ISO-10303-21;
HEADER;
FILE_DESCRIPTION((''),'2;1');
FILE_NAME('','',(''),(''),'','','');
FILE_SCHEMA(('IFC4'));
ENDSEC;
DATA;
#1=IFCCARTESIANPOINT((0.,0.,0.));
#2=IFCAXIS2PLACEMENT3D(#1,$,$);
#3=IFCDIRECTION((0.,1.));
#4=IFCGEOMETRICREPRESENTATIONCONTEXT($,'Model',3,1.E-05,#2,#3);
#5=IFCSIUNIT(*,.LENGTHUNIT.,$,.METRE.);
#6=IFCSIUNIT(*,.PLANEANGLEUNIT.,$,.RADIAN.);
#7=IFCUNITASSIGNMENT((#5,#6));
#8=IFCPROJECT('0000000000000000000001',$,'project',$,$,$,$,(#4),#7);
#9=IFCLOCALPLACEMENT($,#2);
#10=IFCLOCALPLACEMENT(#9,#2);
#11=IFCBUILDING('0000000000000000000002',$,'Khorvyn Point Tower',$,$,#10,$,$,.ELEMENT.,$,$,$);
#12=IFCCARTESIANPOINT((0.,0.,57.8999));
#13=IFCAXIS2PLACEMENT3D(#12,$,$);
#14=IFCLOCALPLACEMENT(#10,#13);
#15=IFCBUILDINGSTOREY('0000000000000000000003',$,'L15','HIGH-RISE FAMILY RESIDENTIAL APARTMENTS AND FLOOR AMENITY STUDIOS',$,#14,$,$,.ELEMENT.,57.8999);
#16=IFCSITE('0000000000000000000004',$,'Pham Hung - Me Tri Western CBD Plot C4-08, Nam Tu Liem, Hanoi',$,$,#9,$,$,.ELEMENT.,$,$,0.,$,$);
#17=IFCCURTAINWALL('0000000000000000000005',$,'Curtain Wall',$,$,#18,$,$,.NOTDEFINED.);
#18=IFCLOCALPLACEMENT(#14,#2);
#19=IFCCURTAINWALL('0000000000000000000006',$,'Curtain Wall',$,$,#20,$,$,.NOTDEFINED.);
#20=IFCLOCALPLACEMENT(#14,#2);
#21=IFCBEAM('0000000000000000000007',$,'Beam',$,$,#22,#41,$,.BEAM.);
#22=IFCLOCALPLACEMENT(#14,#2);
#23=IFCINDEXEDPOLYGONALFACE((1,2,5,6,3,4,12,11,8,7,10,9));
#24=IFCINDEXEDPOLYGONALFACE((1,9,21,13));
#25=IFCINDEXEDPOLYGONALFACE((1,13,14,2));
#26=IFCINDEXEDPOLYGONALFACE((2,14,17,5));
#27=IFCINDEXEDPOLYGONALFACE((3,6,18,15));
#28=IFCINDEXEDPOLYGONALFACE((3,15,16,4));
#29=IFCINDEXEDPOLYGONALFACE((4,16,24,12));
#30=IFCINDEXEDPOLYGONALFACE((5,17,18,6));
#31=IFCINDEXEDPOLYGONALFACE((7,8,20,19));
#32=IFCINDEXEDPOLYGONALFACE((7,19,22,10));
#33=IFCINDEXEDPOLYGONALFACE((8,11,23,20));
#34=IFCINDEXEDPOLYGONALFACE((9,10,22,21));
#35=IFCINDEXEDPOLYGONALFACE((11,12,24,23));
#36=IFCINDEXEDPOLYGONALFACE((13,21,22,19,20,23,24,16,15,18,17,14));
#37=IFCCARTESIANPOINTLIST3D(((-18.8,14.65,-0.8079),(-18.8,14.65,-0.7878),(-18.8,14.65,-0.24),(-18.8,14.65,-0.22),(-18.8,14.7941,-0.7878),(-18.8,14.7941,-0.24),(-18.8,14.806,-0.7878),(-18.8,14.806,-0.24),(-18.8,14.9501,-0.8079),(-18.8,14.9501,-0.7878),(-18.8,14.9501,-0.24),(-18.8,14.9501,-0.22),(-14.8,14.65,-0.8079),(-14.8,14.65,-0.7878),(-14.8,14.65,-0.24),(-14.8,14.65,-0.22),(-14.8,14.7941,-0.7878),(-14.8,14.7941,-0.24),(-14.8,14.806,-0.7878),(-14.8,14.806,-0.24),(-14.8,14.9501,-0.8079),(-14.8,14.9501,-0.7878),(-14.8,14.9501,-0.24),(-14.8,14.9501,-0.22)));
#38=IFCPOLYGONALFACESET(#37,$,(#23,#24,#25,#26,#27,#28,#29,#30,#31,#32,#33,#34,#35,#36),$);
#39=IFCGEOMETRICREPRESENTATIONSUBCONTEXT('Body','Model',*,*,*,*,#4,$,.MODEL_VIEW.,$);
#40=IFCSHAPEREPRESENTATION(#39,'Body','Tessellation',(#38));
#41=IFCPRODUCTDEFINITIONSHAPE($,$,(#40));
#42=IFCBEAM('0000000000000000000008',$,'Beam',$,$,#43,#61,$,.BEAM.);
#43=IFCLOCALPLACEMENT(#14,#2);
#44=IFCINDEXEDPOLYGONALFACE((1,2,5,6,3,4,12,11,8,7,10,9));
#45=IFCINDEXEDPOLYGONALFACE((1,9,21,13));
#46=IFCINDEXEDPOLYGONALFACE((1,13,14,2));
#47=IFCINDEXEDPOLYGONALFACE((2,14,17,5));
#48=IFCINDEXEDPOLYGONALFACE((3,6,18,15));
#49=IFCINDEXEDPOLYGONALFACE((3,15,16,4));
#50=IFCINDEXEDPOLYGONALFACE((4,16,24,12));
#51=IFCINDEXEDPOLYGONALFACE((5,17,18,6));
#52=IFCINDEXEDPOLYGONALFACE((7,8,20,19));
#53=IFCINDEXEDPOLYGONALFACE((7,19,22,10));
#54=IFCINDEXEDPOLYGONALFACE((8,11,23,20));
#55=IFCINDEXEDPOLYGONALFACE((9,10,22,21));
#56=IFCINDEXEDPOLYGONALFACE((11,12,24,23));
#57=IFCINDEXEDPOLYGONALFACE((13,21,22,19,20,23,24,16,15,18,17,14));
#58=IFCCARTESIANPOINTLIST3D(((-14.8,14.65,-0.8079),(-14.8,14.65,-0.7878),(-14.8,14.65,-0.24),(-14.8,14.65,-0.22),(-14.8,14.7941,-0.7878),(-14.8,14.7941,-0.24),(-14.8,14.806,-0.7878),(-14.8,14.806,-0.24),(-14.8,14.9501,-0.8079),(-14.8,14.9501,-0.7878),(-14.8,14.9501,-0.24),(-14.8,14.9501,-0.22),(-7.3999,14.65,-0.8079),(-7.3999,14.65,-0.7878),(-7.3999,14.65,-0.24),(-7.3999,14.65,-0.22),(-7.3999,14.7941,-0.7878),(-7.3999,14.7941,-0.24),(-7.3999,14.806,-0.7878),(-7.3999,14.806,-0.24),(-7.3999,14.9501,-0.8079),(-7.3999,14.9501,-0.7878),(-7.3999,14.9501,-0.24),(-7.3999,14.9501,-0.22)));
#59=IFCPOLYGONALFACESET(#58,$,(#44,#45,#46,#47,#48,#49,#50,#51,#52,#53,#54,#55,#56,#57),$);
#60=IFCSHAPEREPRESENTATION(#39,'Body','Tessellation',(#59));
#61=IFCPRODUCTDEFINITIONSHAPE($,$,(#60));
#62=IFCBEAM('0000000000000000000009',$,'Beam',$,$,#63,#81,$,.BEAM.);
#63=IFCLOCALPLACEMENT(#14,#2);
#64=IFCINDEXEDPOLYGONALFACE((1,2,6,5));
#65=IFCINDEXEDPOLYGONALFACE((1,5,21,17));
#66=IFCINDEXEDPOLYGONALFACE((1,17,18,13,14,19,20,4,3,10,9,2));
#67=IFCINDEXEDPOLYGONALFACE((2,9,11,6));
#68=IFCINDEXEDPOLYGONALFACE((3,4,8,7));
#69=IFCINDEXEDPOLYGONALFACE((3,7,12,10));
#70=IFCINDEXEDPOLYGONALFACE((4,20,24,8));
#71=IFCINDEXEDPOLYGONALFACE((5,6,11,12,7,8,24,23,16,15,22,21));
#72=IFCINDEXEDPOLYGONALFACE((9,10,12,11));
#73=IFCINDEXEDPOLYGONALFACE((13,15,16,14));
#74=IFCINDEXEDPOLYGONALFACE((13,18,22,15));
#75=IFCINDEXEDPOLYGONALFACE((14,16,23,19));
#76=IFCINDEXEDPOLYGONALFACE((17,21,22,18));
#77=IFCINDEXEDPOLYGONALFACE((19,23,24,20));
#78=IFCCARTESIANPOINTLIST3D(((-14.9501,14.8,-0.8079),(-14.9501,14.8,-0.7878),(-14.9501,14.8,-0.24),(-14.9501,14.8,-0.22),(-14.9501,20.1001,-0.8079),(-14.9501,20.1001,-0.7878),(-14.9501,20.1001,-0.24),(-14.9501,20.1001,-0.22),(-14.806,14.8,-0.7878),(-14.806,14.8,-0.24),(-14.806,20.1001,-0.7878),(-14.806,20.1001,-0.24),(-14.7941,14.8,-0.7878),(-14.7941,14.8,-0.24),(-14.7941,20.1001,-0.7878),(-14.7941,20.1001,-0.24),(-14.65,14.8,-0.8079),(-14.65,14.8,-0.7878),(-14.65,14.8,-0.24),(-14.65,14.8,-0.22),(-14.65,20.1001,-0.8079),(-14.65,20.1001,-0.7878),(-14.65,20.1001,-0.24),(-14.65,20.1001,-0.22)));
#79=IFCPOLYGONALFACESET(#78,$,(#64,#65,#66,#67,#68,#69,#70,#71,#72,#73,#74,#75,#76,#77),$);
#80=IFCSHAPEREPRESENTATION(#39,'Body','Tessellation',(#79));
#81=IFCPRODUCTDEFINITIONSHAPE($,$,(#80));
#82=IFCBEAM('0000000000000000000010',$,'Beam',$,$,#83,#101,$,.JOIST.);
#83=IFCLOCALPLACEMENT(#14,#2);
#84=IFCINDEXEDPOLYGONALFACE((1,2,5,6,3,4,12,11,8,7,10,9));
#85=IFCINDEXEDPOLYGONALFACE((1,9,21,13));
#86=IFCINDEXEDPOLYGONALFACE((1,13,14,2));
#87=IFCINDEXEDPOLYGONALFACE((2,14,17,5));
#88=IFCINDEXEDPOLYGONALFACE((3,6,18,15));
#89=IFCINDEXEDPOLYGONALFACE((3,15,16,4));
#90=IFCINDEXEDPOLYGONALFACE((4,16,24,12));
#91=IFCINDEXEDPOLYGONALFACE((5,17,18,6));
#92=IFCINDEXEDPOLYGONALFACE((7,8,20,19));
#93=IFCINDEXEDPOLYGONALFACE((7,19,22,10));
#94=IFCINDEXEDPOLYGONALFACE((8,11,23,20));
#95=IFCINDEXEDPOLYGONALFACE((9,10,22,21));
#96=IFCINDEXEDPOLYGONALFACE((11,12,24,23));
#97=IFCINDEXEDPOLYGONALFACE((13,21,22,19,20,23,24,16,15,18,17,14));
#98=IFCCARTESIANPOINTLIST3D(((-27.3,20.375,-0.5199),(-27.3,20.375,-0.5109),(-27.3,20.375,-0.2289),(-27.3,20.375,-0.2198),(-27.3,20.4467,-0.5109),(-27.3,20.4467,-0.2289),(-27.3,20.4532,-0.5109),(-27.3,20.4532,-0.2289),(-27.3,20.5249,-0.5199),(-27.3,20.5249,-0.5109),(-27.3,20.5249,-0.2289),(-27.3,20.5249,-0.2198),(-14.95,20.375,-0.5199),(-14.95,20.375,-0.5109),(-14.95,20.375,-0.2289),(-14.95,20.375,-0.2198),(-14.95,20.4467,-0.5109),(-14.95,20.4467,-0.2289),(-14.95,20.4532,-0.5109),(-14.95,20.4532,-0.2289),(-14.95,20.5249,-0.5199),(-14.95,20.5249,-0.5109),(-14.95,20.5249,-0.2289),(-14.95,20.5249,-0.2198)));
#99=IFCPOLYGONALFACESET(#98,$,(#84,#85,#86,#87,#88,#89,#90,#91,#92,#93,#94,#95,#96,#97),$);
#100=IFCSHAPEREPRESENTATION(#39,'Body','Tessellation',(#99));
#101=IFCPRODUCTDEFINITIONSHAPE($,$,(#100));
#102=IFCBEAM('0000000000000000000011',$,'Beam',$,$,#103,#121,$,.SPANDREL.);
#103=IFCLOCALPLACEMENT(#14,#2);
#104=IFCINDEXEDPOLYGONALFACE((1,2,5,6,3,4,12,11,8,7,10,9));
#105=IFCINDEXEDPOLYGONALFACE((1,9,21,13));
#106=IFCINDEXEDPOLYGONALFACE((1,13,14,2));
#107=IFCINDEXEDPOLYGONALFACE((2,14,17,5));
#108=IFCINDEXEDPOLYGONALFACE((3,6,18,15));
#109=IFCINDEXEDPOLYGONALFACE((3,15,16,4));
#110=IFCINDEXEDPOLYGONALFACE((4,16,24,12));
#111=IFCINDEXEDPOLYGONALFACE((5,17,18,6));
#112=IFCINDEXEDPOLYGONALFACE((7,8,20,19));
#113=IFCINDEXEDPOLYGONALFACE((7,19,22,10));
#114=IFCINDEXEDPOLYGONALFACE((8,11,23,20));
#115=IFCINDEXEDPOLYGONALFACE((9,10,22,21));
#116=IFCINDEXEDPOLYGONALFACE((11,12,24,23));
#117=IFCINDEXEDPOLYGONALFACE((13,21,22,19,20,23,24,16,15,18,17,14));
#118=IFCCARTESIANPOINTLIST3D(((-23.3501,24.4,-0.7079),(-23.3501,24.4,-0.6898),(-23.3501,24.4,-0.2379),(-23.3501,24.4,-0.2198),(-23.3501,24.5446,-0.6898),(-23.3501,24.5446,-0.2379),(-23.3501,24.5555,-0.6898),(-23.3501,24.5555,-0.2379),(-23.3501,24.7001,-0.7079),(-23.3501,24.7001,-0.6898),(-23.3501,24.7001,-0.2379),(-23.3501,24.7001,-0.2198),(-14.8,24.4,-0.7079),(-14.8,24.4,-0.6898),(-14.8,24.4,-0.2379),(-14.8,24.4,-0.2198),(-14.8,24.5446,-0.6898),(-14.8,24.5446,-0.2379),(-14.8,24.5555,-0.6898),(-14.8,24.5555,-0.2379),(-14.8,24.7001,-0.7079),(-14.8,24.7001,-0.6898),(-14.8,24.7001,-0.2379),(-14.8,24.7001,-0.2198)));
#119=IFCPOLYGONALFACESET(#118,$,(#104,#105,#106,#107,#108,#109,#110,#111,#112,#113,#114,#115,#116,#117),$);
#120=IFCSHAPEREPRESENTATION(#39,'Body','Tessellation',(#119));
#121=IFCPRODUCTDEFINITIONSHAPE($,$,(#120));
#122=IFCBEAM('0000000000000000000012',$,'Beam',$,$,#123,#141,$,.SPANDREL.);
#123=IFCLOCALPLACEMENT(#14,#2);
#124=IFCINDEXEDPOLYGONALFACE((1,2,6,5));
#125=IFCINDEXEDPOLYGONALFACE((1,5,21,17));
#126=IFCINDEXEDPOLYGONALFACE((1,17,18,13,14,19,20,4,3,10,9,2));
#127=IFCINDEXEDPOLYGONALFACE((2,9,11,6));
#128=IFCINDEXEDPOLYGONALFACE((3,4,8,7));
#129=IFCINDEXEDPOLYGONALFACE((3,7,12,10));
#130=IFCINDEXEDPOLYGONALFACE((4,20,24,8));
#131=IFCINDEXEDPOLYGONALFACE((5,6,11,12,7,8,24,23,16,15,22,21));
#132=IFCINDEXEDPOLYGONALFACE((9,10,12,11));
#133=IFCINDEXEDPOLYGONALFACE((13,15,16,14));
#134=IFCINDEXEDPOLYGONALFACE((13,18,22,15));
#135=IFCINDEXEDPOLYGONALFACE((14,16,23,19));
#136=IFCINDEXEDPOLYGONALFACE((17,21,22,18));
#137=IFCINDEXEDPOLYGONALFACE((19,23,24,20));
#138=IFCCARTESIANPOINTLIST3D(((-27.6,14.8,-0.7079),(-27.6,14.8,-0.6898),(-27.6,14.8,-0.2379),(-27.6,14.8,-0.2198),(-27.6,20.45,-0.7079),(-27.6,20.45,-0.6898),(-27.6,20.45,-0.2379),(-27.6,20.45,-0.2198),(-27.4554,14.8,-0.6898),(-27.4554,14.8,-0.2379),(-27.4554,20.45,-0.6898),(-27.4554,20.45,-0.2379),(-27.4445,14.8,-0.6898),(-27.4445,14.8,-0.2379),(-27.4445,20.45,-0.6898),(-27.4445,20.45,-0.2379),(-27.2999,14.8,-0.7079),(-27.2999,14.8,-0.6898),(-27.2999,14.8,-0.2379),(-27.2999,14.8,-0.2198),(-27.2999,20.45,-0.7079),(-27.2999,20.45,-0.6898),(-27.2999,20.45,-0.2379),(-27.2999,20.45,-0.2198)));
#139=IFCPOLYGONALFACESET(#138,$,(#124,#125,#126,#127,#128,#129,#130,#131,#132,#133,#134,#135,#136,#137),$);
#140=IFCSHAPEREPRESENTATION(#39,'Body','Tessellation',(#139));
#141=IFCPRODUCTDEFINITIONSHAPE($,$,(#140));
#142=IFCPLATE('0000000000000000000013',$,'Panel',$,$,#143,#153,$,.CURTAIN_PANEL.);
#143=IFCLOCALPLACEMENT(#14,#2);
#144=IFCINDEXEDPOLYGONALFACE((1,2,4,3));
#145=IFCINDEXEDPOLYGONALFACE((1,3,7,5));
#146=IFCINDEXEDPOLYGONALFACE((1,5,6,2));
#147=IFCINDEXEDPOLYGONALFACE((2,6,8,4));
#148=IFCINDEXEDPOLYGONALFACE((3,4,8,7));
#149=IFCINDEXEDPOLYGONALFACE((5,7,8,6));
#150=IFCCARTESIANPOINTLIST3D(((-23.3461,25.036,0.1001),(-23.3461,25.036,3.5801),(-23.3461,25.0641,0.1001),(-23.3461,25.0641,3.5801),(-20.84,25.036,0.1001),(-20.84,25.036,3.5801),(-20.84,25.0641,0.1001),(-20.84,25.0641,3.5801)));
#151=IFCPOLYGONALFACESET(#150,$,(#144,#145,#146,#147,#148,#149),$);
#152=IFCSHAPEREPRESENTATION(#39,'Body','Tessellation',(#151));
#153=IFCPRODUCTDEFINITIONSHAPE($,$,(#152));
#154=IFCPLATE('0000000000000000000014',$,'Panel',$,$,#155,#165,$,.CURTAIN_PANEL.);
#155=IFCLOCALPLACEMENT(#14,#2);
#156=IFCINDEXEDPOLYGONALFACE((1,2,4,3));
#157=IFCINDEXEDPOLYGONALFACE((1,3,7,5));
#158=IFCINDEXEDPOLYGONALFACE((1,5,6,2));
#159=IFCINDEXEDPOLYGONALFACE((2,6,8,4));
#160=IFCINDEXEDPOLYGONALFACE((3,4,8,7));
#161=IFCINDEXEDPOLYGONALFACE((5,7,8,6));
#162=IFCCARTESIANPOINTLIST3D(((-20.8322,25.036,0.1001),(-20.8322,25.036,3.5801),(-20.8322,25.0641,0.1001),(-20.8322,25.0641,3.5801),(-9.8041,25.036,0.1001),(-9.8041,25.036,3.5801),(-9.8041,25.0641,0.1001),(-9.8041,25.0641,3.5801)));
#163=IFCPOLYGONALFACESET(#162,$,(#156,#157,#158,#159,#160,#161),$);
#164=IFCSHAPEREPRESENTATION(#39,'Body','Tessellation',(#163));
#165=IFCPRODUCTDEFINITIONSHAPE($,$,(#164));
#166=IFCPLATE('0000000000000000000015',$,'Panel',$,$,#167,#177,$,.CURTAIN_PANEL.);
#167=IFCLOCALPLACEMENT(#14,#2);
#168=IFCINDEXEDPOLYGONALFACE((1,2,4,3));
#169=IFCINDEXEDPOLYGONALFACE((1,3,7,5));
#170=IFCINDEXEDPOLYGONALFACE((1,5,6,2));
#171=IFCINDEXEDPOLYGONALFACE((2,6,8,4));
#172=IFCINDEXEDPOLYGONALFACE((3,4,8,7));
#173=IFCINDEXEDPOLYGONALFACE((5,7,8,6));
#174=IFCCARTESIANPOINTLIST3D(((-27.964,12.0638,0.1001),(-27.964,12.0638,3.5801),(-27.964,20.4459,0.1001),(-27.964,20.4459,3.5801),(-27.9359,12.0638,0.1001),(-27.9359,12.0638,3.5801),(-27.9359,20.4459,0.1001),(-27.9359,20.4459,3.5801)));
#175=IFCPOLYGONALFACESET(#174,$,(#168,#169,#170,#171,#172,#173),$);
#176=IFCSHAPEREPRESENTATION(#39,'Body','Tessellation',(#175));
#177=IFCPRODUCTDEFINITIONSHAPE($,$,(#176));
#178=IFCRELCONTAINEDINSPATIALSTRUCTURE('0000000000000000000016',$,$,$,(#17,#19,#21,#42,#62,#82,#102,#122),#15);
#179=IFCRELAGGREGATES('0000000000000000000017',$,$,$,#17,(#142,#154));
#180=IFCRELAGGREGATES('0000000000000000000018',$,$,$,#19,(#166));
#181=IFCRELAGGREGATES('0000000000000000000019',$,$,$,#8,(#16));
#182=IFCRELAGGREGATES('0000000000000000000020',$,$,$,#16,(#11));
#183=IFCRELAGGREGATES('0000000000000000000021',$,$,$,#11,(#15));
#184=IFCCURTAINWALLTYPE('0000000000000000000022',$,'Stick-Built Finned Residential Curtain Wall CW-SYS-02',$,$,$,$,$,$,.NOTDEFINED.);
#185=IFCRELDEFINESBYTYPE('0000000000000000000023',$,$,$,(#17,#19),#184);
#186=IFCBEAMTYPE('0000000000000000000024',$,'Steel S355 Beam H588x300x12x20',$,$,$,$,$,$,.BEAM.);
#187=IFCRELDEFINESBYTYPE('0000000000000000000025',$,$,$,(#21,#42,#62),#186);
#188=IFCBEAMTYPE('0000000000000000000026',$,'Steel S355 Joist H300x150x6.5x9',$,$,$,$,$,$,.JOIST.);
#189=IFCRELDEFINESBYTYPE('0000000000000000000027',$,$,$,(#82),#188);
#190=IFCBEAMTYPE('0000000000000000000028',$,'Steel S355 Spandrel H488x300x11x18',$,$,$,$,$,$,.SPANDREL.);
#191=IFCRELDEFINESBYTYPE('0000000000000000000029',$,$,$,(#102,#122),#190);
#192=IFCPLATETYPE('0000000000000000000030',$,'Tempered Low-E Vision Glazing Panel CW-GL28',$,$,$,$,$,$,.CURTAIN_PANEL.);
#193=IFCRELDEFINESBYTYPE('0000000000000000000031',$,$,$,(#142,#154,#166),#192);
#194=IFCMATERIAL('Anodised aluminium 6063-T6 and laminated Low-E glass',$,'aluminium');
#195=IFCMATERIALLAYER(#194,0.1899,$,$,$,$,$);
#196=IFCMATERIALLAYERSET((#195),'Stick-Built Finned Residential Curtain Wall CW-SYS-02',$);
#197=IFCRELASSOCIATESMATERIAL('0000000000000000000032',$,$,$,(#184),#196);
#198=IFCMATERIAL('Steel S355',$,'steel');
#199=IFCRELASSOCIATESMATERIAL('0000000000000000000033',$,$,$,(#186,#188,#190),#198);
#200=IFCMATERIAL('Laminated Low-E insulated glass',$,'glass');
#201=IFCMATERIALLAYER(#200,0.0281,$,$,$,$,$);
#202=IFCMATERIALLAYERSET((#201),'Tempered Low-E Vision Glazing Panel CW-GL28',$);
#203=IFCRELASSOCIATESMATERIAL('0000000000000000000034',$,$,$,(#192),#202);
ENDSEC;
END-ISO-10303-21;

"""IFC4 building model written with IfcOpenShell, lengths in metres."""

from ifc_helpers import new_model, si_unit, direction, frame, origin, origin_2d, place, context, subcontext, project, spatial, rectangle, i_section, extrude, material, layer, layer_set, material_profile, profile_set, type_object, element, aggregate, save


model = new_model("IFC4")

# Units and contexts
model_context = context("Model", 3, precision=1e-05, world=origin(), true_north=direction((0.0, 1.0)))
body_context = subcontext(model_context, "Body", "Model", "MODEL_VIEW")
ifc_project = project(units=[si_unit("LENGTHUNIT", "METRE"), si_unit("PLANEANGLEUNIT", "RADIAN")], contexts=[model_context])

# Site, building, storey
site_placement = place(None, origin())
site = spatial("IfcSite", under=ifc_project, at=site_placement, Name="Pham Hung - Me Tri Western CBD Plot C4-08, Nam Tu Liem, Hanoi", CompositionType="ELEMENT", RefElevation=0.0)
building_placement = place(site_placement, origin())
building = spatial("IfcBuilding", under=site, at=building_placement, Name="Khorvyn Point Tower", CompositionType="ELEMENT")
storey_placement = place(building_placement, frame((0.0, 0.0, 57.8999)))
storey = spatial("IfcBuildingStorey", under=building, at=storey_placement, Name="L15", Description="HIGH-RISE FAMILY RESIDENTIAL APARTMENTS AND FLOOR AMENITY STUDIOS", CompositionType="ELEMENT", Elevation=57.8999)

# Curtain walls
ifc_material_1 = material(Name="Anodised aluminium 6063-T6 and laminated Low-E glass", Category="aluminium")
ifc_layer_1 = layer(ifc_material_1, 0.1899)
ifc_layer_set_1 = layer_set([ifc_layer_1], Name="Stick-Built Finned Residential Curtain Wall CW-SYS-02")
curtain_wall_type = type_object("IfcCurtainWallType", Name="Stick-Built Finned Residential Curtain Wall CW-SYS-02", PredefinedType="NOTDEFINED", material=ifc_layer_set_1)
curtain_wall_1_placement = place(storey_placement, origin())
curtain_wall_1 = element("IfcCurtainWall", 1, at=curtain_wall_1_placement, inside=storey, type_object=curtain_wall_type, Name="Curtain Wall", PredefinedType="NOTDEFINED")
curtain_wall_2_placement = place(storey_placement, origin())
curtain_wall_2 = element("IfcCurtainWall", 2, at=curtain_wall_2_placement, inside=storey, type_object=curtain_wall_type, Name="Curtain Wall", PredefinedType="NOTDEFINED")

# Beams
ifc_material_2 = material(Name="Steel S355", Category="steel")
ifc_material_profile_1 = material_profile(ifc_material_2, i_section(OverallWidth=0.3, OverallDepth=0.5879, WebThickness=0.012, FlangeThickness=0.02, at=origin_2d()))
ifc_profile_set_1 = profile_set([ifc_material_profile_1], Name="Steel S355 H588x300x12x20")
beam_type_1 = type_object("IfcBeamType", Name="Steel S355 Beam H588x300x12x20", PredefinedType="BEAM", material=ifc_profile_set_1)
beam_1_placement = place(storey_placement, frame((-18.8, 14.8, -0.5139), z_axis=(1.0, 0.0, 0.0), x_axis=(0.0, 1.0, 0.0)))
element("IfcBeam", 3, at=beam_1_placement, inside=storey, type_object=beam_type_1, Name="Beam", PredefinedType="BEAM", context=body_context, shape_type="SweptSolid", body=[
    extrude(i_section(OverallWidth=0.3, OverallDepth=0.5879, WebThickness=0.012, FlangeThickness=0.02, at=origin_2d()), origin(), (0.0, 0.0, 1.0), 4.0),
])
beam_2_placement = place(storey_placement, frame((-14.8, 14.8, -0.5139), z_axis=(1.0, 0.0, 0.0), x_axis=(0.0, 1.0, 0.0)))
element("IfcBeam", 4, at=beam_2_placement, inside=storey, type_object=beam_type_1, Name="Beam", PredefinedType="BEAM", context=body_context, shape_type="SweptSolid", body=[
    extrude(i_section(OverallWidth=0.3, OverallDepth=0.5879, WebThickness=0.012, FlangeThickness=0.02, at=origin_2d()), origin(), (0.0, 0.0, 1.0), 7.4001),
])
beam_3_placement = place(storey_placement, frame((-14.8, 14.8, -0.5139), z_axis=(0.0, 1.0, 0.0), x_axis=(-1.0, 0.0, 0.0)))
element("IfcBeam", 5, at=beam_3_placement, inside=storey, type_object=beam_type_1, Name="Beam", PredefinedType="BEAM", context=body_context, shape_type="SweptSolid", body=[
    extrude(i_section(OverallWidth=0.3, OverallDepth=0.5879, WebThickness=0.012, FlangeThickness=0.02, at=origin_2d()), origin(), (0.0, 0.0, 1.0), 5.3),
])
ifc_material_profile_2 = material_profile(ifc_material_2, i_section(OverallWidth=0.1499, OverallDepth=0.3, WebThickness=0.0066, FlangeThickness=0.009, at=origin_2d()))
ifc_profile_set_2 = profile_set([ifc_material_profile_2], Name="Steel S355 H300x150x6.5x9")
beam_type_2 = type_object("IfcBeamType", Name="Steel S355 Joist H300x150x6.5x9", PredefinedType="JOIST", material=ifc_profile_set_2)
beam_4_placement = place(storey_placement, frame((-27.3, 20.45, -0.3699), z_axis=(1.0, 0.0, 0.0), x_axis=(0.0, 1.0, 0.0)))
element("IfcBeam", 6, at=beam_4_placement, inside=storey, type_object=beam_type_2, Name="Beam", PredefinedType="JOIST", context=body_context, shape_type="SweptSolid", body=[
    extrude(i_section(OverallWidth=0.1499, OverallDepth=0.3, WebThickness=0.0066, FlangeThickness=0.009, at=origin_2d()), origin(), (0.0, 0.0, 1.0), 12.3501),
])
ifc_material_profile_3 = material_profile(ifc_material_2, i_section(OverallWidth=0.3, OverallDepth=0.488, WebThickness=0.011, FlangeThickness=0.0181, at=origin_2d()))
ifc_profile_set_3 = profile_set([ifc_material_profile_3], Name="Steel S355 H488x300x11x18")
beam_type_3 = type_object("IfcBeamType", Name="Steel S355 Spandrel H488x300x11x18", PredefinedType="SPANDREL", material=ifc_profile_set_3)
beam_5_placement = place(storey_placement, frame((-23.3501, 24.55, -0.4639), z_axis=(1.0, 0.0, 0.0), x_axis=(0.0, 1.0, 0.0)))
element("IfcBeam", 7, at=beam_5_placement, inside=storey, type_object=beam_type_3, Name="Beam", PredefinedType="SPANDREL", context=body_context, shape_type="SweptSolid", body=[
    extrude(i_section(OverallWidth=0.3, OverallDepth=0.488, WebThickness=0.011, FlangeThickness=0.0181, at=origin_2d()), origin(), (0.0, 0.0, 1.0), 8.55),
])
beam_6_placement = place(storey_placement, frame((-27.45, 14.8, -0.4639), z_axis=(0.0, 1.0, 0.0), x_axis=(-1.0, 0.0, 0.0)))
element("IfcBeam", 8, at=beam_6_placement, inside=storey, type_object=beam_type_3, Name="Beam", PredefinedType="SPANDREL", context=body_context, shape_type="SweptSolid", body=[
    extrude(i_section(OverallWidth=0.3, OverallDepth=0.488, WebThickness=0.011, FlangeThickness=0.0181, at=origin_2d()), origin(), (0.0, 0.0, 1.0), 5.6499),
])

# Plates
ifc_material_3 = material(Name="Laminated Low-E insulated glass", Category="glass")
ifc_layer_2 = layer(ifc_material_3, 0.0281)
ifc_layer_set_2 = layer_set([ifc_layer_2], Name="Tempered Low-E Vision Glazing Panel CW-GL28")
plate_type = type_object("IfcPlateType", Name="Tempered Low-E Vision Glazing Panel CW-GL28", PredefinedType="CURTAIN_PANEL", material=ifc_layer_set_2)
plate_1_placement = place(storey_placement, frame((-22.093, 25.05, 0.1001), z_axis=(0.0, 0.0, 1.0), x_axis=(1.0, 0.0, 0.0)))
plate_1 = element("IfcPlate", 9, at=plate_1_placement, type_object=plate_type, Name="Panel", PredefinedType="CURTAIN_PANEL", context=body_context, shape_type="SweptSolid", body=[
    extrude(rectangle(XDim=2.5061, YDim=0.0281, at=origin_2d()), origin(), (0.0, 0.0, 1.0), 3.48),
])
plate_2_placement = place(storey_placement, frame((-15.3181, 25.05, 0.1001), z_axis=(0.0, 0.0, 1.0), x_axis=(1.0, 0.0, 0.0)))
plate_2 = element("IfcPlate", 10, at=plate_2_placement, type_object=plate_type, Name="Panel", PredefinedType="CURTAIN_PANEL", context=body_context, shape_type="SweptSolid", body=[
    extrude(rectangle(XDim=11.0281, YDim=0.0281, at=origin_2d()), origin(), (0.0, 0.0, 1.0), 3.48),
])
aggregate(curtain_wall_1, [plate_1, plate_2])
plate_3_placement = place(storey_placement, frame((-27.95, 16.2549, 0.1001), z_axis=(0.0, 0.0, 1.0), x_axis=(0.0, 1.0, 0.0)))
plate_3 = element("IfcPlate", 11, at=plate_3_placement, type_object=plate_type, Name="Panel", PredefinedType="CURTAIN_PANEL", context=body_context, shape_type="SweptSolid", body=[
    extrude(rectangle(XDim=8.3821, YDim=0.0281, at=origin_2d()), origin(), (0.0, 0.0, 1.0), 3.48),
])
aggregate(curtain_wall_2, [plate_3])

save(model, "model.ifc")
